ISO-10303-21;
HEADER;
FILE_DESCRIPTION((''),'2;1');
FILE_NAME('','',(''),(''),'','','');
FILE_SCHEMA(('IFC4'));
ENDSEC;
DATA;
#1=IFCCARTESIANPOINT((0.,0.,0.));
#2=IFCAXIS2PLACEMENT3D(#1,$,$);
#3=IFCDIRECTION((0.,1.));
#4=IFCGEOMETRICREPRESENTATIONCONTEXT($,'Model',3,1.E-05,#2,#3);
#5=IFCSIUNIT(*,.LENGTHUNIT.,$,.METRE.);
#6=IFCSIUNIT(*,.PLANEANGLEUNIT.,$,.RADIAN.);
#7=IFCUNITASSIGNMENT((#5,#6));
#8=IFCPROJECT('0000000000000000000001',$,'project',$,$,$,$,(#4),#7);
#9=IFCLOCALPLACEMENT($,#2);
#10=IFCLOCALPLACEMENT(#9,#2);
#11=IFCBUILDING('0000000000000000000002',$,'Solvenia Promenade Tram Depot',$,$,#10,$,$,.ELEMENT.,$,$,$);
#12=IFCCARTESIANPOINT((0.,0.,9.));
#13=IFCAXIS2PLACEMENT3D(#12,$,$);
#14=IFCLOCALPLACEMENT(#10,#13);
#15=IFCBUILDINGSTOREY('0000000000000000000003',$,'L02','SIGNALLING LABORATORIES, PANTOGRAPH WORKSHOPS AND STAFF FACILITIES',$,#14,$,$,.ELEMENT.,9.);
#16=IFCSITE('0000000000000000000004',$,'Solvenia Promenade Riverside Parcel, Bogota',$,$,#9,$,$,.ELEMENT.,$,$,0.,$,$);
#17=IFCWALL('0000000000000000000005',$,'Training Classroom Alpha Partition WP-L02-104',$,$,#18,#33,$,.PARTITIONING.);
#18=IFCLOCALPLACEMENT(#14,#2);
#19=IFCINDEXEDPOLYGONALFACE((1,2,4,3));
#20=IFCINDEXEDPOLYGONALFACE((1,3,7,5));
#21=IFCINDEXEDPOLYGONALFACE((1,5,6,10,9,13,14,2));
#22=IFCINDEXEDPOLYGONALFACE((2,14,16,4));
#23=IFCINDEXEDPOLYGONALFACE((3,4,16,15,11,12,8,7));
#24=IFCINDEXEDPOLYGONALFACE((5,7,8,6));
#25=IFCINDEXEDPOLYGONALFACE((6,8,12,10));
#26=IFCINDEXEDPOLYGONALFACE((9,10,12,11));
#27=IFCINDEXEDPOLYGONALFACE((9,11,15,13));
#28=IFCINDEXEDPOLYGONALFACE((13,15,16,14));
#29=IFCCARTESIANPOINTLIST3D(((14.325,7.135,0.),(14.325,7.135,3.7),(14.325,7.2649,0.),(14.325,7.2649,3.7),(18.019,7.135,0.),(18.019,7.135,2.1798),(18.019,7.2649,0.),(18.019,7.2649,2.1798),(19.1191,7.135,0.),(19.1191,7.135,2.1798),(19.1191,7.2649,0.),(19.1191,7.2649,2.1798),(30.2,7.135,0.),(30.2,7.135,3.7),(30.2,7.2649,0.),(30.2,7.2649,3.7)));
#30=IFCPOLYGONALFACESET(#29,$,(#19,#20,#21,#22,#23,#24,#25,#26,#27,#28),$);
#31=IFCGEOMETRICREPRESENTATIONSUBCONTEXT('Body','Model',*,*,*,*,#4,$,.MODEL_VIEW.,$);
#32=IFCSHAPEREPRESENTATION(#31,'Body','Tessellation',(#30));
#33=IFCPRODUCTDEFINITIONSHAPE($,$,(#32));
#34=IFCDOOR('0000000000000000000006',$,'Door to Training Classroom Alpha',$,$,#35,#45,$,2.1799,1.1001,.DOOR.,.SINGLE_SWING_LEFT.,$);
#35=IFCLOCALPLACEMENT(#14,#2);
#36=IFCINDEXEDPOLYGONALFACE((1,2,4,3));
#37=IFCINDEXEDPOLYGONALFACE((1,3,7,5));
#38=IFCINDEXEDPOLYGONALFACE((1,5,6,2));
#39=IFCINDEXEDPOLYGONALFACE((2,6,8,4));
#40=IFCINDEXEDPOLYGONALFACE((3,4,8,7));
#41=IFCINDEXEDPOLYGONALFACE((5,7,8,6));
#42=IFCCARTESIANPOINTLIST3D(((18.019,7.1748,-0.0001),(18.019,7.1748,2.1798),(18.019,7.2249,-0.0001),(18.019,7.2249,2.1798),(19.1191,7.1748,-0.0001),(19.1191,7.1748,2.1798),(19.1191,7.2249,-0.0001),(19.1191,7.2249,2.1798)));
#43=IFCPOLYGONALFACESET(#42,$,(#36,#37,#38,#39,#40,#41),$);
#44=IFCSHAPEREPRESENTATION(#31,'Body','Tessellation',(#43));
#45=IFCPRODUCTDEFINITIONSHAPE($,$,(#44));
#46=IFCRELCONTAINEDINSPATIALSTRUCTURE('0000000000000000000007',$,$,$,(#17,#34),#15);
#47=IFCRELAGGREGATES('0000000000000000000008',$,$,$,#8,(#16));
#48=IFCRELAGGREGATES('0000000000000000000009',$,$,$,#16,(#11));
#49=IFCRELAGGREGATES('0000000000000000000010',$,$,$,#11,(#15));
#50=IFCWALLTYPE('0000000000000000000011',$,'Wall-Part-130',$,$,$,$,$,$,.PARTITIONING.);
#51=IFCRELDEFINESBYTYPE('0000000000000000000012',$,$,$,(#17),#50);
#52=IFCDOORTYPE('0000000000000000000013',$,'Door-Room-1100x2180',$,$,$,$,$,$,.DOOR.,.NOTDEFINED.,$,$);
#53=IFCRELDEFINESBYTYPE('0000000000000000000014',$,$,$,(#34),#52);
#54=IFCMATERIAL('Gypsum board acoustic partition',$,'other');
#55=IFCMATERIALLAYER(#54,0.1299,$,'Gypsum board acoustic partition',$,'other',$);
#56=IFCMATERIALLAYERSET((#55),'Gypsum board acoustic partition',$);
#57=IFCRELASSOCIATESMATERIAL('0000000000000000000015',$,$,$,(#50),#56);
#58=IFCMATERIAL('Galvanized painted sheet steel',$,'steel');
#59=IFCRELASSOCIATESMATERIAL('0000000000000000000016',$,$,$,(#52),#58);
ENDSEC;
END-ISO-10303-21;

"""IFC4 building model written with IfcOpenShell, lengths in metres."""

from ifc_helpers import new_model, si_unit, direction, frame, frame_2d, origin, place, context, subcontext, project, spatial, rectangle, extrude, material, layer, layer_set, type_object, element, fill, save


model = new_model("IFC4")

# Units and contexts
model_context = context("Model", 3, precision=1e-05, world=origin(), true_north=direction((0.0, 1.0)))
body_context = subcontext(model_context, "Body", "Model", "MODEL_VIEW")
ifc_project = project(units=[si_unit("LENGTHUNIT", "METRE"), si_unit("PLANEANGLEUNIT", "RADIAN")], contexts=[model_context])

# Site, building, storey
site_placement = place(None, origin())
site = spatial("IfcSite", under=ifc_project, at=site_placement, Name="Solvenia Promenade Riverside Parcel, Bogota", CompositionType="ELEMENT", RefElevation=0.0)
building_placement = place(site_placement, origin())
building = spatial("IfcBuilding", under=site, at=building_placement, Name="Solvenia Promenade Tram Depot", CompositionType="ELEMENT")
storey_placement = place(building_placement, frame((0.0, 0.0, 9.0)))
storey = spatial("IfcBuildingStorey", under=building, at=storey_placement, Name="L02", Description="SIGNALLING LABORATORIES, PANTOGRAPH WORKSHOPS AND STAFF FACILITIES", CompositionType="ELEMENT", Elevation=9.0)

# Wall, opening, door
ifc_material_1 = material(Name="Gypsum board acoustic partition", Category="other")
ifc_layer_1 = layer(ifc_material_1, 0.1299, Name="Gypsum board acoustic partition", Category="other")
ifc_layer_set_1 = layer_set([ifc_layer_1], Name="Gypsum board acoustic partition")
wall_type_1 = type_object("IfcWallType", Name="Wall-Part-130", PredefinedType="PARTITIONING", material=ifc_layer_set_1)
wall_1_placement = place(storey_placement, frame((14.325, 7.2, 0.0), z_axis=(0.0, 0.0, 1.0), x_axis=(1.0, 0.0, 0.0)))
wall_1 = element("IfcWall", 1, at=wall_1_placement, inside=storey, type_object=wall_type_1, Name="Training Classroom Alpha Partition WP-L02-104", PredefinedType="PARTITIONING", context=body_context, shape_type="SweptSolid", body=[
    extrude(rectangle(XDim=15.875, YDim=0.1299, at=frame_2d((7.9375, 0.0))), origin(), (0.0, 0.0, 1.0), 3.7),
])
opening_placement = place(wall_1_placement, frame((3.6941, 0.0, 0.0)))
opening = element("IfcOpeningElement", 2, at=opening_placement, cuts=wall_1, PredefinedType="OPENING", context=body_context, shape_type="SweptSolid", body=[
    extrude(rectangle(XDim=1.1001, YDim=2.1799, at=frame_2d((0.55, 1.0898))), frame((0.0, 0.075, 0.0), z_axis=(0.0, -1.0, 0.0), x_axis=(1.0, 0.0, 0.0)), (0.0, 0.0, 1.0), 0.1499),
])
ifc_material_2 = material(Name="Galvanized painted sheet steel", Category="steel")
door_type = type_object("IfcDoorType", Name="Door-Room-1100x2180", OperationType="NOTDEFINED", PredefinedType="DOOR", material=ifc_material_2)
door_placement = place(opening_placement, origin())
door = element("IfcDoor", 3, at=door_placement, inside=storey, type_object=door_type, Name="Door to Training Classroom Alpha", OperationType="SINGLE_SWING_LEFT", OverallHeight=2.1799, OverallWidth=1.1001, PredefinedType="DOOR", context=body_context, shape_type="SweptSolid", body=[
    extrude(rectangle(XDim=1.1001, YDim=2.1799, at=frame_2d((0.55, 1.0898))), frame((0.0, 0.0249, 0.0), z_axis=(0.0, -1.0, 0.0), x_axis=(1.0, 0.0, 0.0)), (0.0, 0.0, 1.0), 0.05),
])
fill(opening, door)

save(model, "model.ifc")
